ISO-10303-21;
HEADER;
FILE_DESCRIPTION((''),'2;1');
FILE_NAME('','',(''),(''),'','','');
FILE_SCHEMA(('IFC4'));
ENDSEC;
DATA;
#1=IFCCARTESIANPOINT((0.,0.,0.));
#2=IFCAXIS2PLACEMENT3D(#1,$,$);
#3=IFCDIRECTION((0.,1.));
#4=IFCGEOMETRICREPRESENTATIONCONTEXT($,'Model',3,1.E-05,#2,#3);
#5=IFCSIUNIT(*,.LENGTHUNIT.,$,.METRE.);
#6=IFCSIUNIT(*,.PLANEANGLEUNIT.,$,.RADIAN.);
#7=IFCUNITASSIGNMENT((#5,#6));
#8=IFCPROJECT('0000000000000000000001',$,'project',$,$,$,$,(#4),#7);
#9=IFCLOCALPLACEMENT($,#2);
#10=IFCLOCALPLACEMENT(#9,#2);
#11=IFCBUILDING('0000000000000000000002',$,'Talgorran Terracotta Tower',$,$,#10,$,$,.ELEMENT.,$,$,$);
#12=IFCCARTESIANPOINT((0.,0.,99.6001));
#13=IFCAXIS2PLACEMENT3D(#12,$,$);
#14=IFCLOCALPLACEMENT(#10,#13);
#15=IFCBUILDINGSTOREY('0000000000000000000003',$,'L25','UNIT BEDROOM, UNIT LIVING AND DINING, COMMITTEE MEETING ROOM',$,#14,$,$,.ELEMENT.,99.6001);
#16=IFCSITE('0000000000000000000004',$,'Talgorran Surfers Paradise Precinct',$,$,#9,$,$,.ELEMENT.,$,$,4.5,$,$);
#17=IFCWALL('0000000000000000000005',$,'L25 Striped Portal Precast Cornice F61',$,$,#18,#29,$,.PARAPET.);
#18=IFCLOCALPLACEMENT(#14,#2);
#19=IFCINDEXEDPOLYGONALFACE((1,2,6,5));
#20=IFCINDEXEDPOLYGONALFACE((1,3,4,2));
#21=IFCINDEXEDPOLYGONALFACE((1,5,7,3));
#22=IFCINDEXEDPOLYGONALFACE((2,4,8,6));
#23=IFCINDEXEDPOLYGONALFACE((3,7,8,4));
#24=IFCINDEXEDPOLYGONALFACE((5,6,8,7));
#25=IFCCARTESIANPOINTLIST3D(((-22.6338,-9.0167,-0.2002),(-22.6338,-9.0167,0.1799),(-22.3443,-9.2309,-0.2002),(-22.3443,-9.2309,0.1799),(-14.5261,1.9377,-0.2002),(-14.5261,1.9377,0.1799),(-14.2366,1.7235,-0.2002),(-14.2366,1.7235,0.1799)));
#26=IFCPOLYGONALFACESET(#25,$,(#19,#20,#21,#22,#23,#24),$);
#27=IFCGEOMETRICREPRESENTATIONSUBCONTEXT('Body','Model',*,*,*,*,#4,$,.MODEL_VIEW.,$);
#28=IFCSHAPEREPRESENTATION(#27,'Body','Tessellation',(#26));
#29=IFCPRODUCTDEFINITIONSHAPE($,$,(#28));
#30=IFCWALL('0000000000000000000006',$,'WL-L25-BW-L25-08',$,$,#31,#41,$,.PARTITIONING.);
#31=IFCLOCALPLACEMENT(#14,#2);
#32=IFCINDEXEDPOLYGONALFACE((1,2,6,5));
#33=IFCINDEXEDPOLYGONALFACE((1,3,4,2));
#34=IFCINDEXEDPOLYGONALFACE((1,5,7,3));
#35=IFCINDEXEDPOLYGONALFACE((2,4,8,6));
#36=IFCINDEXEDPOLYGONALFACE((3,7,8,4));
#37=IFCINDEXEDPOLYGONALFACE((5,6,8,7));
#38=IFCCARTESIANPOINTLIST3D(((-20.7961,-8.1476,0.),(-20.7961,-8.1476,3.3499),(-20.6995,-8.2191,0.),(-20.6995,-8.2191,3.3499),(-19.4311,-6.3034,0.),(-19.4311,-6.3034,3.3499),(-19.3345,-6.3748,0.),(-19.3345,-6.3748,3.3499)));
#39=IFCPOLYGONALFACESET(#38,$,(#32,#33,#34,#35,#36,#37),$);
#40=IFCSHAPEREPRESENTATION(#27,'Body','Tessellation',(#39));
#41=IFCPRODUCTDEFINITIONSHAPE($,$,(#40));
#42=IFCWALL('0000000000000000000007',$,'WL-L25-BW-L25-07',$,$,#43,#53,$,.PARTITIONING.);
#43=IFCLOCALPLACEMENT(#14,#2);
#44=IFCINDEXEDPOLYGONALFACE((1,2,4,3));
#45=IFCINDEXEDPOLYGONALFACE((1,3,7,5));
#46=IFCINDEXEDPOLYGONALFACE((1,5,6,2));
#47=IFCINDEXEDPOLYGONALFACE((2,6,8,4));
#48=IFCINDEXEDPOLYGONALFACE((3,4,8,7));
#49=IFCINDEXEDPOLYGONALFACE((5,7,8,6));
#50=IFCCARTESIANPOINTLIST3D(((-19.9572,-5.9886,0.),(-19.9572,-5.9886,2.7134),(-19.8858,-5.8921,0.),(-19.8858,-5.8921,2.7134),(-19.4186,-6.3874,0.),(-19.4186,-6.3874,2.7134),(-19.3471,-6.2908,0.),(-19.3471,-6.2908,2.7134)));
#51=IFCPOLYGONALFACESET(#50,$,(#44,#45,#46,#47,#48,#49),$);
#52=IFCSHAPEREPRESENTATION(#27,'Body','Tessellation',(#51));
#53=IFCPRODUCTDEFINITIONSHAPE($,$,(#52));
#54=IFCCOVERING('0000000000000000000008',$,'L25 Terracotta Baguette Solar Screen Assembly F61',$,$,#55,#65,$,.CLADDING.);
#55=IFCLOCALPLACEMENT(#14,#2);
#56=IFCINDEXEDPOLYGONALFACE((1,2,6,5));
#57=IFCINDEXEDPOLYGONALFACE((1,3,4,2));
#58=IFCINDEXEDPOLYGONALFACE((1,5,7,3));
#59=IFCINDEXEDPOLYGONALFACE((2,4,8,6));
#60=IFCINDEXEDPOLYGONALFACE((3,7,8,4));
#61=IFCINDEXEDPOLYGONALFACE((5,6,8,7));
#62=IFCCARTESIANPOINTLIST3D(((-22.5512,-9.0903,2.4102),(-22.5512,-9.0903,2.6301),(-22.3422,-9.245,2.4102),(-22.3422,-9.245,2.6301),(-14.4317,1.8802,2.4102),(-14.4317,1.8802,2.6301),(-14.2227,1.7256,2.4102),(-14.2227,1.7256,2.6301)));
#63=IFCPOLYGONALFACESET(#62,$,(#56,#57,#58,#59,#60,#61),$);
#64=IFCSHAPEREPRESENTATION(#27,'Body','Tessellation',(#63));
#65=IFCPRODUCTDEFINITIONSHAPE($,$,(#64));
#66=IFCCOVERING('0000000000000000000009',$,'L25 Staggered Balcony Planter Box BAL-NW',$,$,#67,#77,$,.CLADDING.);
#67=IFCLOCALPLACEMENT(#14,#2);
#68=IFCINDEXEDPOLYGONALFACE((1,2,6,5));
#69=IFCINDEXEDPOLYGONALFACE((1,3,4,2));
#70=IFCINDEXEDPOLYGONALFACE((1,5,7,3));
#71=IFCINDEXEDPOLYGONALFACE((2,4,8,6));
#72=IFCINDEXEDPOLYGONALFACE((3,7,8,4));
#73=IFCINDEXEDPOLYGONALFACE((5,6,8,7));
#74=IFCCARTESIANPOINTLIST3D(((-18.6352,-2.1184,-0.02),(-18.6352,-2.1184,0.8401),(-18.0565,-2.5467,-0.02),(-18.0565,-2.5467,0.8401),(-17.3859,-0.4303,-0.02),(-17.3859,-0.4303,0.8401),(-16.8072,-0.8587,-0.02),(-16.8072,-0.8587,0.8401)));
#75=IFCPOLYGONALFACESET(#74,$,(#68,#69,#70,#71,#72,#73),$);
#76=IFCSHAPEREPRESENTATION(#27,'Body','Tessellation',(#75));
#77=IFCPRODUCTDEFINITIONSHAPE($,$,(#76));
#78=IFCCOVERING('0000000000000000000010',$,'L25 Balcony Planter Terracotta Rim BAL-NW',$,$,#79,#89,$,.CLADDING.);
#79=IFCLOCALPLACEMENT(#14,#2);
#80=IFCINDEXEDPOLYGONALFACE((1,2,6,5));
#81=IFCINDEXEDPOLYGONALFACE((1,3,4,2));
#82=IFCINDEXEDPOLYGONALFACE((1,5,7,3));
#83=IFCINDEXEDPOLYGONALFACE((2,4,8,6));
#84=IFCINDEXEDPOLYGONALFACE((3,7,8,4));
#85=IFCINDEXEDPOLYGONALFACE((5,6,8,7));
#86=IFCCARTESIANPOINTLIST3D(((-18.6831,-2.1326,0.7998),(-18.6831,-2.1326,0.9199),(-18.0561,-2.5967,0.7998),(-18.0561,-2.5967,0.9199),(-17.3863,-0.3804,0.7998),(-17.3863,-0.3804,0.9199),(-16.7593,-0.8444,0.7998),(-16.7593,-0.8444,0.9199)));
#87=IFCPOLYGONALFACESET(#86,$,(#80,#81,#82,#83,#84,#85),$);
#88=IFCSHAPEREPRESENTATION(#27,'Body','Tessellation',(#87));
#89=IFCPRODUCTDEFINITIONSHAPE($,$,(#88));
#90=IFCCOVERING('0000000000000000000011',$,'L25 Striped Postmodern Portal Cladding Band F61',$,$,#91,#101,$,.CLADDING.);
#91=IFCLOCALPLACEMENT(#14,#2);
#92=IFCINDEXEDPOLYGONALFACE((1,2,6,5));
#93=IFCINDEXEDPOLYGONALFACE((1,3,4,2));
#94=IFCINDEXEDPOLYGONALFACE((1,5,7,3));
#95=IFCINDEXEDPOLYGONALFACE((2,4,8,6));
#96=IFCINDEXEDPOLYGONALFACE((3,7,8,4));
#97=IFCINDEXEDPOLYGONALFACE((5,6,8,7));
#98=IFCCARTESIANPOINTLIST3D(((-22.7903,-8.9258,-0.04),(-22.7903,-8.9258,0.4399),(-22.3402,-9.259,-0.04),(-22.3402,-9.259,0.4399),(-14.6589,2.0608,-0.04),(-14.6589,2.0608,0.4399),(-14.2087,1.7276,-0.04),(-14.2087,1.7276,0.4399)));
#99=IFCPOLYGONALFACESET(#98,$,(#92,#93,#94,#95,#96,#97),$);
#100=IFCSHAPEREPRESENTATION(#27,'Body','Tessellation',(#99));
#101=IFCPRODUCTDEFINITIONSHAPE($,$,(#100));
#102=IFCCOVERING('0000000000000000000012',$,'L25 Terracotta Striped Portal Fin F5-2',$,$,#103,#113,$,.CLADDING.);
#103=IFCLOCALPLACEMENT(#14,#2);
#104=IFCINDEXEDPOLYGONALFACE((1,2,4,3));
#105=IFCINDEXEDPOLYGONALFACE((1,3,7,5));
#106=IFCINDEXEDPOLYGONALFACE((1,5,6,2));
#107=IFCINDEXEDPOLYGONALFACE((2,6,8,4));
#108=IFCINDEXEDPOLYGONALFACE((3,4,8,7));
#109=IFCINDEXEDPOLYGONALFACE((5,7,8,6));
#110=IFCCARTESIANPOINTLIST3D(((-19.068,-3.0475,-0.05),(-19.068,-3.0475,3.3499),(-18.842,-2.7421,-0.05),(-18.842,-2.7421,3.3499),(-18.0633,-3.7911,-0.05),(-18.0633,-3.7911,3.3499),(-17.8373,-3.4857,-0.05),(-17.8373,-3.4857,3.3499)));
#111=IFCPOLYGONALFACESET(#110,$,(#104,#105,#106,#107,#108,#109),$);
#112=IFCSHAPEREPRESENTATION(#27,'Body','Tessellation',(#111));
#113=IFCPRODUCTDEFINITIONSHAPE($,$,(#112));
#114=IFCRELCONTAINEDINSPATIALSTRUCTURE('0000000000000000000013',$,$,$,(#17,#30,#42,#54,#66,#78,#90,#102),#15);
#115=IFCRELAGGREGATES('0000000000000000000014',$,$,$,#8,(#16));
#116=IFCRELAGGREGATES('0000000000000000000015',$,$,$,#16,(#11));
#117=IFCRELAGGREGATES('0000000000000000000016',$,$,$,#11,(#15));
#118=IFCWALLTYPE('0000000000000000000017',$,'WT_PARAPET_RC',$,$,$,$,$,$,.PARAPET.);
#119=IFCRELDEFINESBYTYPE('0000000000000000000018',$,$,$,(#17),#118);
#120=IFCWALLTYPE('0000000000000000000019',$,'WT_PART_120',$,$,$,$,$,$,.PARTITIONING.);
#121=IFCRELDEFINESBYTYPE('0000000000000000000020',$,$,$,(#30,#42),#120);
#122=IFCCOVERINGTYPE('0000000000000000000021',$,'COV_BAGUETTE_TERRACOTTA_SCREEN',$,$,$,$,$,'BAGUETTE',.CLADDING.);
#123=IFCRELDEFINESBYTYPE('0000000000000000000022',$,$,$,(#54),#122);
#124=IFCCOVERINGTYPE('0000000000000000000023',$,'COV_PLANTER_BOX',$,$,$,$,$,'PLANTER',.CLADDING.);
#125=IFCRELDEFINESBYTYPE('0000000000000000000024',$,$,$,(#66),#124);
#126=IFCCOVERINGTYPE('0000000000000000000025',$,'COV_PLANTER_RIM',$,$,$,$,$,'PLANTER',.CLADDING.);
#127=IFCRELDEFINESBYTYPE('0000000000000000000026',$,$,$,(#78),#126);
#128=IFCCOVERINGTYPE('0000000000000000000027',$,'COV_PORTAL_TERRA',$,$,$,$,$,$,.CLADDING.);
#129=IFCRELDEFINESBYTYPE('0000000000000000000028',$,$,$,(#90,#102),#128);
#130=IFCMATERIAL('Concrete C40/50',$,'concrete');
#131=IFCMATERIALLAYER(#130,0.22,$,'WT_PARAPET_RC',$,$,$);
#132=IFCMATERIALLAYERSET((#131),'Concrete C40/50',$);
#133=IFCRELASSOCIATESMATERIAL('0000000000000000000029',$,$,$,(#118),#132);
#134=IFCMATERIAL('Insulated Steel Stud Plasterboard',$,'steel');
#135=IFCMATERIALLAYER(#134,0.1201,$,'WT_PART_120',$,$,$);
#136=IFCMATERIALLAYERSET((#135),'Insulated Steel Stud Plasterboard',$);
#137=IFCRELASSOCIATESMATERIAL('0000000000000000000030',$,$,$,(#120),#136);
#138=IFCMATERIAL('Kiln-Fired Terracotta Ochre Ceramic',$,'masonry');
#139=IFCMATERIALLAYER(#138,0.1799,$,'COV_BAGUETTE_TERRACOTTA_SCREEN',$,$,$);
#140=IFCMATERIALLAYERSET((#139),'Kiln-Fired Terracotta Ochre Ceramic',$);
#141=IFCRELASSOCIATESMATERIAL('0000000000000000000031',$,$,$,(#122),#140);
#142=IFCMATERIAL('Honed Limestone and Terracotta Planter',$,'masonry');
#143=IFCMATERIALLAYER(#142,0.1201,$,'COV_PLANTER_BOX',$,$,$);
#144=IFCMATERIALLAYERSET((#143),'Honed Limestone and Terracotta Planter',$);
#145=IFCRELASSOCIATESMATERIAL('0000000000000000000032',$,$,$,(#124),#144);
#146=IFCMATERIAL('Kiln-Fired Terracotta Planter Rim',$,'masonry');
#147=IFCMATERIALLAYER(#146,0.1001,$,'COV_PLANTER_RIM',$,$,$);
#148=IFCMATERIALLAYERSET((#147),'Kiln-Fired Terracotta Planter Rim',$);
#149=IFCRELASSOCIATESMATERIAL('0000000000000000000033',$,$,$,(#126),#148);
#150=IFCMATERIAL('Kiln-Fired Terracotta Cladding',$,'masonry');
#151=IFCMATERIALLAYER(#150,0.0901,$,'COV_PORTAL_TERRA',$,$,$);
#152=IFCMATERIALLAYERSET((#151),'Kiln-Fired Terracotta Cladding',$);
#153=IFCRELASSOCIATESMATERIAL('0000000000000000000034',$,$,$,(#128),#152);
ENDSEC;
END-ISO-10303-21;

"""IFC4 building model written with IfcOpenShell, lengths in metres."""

from ifc_helpers import new_model, si_unit, direction, frame, frame_2d, origin, origin_2d, place, context, subcontext, project, spatial, rectangle, extrude, material, layer, layer_set, type_object, element, save


model = new_model("IFC4")

# Units and contexts
model_context = context("Model", 3, precision=1e-05, world=origin(), true_north=direction((0.0, 1.0)))
body_context = subcontext(model_context, "Body", "Model", "MODEL_VIEW")
ifc_project = project(units=[si_unit("LENGTHUNIT", "METRE"), si_unit("PLANEANGLEUNIT", "RADIAN")], contexts=[model_context])

# Site, building, storey
site_placement = place(None, origin())
site = spatial("IfcSite", under=ifc_project, at=site_placement, Name="Talgorran Surfers Paradise Precinct", CompositionType="ELEMENT", RefElevation=4.5)
building_placement = place(site_placement, origin())
building = spatial("IfcBuilding", under=site, at=building_placement, Name="Talgorran Terracotta Tower", CompositionType="ELEMENT")
storey_placement = place(building_placement, frame((0.0, 0.0, 99.6001)))
storey = spatial("IfcBuildingStorey", under=building, at=storey_placement, Name="L25", Description="UNIT BEDROOM, UNIT LIVING AND DINING, COMMITTEE MEETING ROOM", CompositionType="ELEMENT", Elevation=99.6001)

# Walls
ifc_material_1 = material(Name="Concrete C40/50", Category="concrete")
ifc_layer_1 = layer(ifc_material_1, 0.22, Name="WT_PARAPET_RC")
ifc_layer_set_1 = layer_set([ifc_layer_1], Name="Concrete C40/50")
wall_type_1 = type_object("IfcWallType", Name="WT_PARAPET_RC", PredefinedType="PARAPET", material=ifc_layer_set_1)
wall_1_placement = place(storey_placement, frame((-14.3813, 1.8306, -0.2002), z_axis=(0.0, 0.0, 1.0), x_axis=(-0.594912, -0.803791, 0.0)))
element("IfcWall", 1, at=wall_1_placement, inside=storey, type_object=wall_type_1, Name="L25 Striped Portal Precast Cornice F61", PredefinedType="PARAPET", context=body_context, shape_type="SweptSolid", body=[
    extrude(rectangle(XDim=13.6284, YDim=0.3601, at=frame_2d((6.8142, 0.0))), origin(), (0.0, 0.0, 1.0), 0.3801),
])
ifc_material_2 = material(Name="Insulated Steel Stud Plasterboard", Category="steel")
ifc_layer_2 = layer(ifc_material_2, 0.1201, Name="WT_PART_120")
ifc_layer_set_2 = layer_set([ifc_layer_2], Name="Insulated Steel Stud Plasterboard")
wall_type_2 = type_object("IfcWallType", Name="WT_PART_120", PredefinedType="PARTITIONING", material=ifc_layer_set_2)
wall_2_placement = place(storey_placement, frame((-19.3828, -6.3391, 0.0), z_axis=(0.0, 0.0, 1.0), x_axis=(-0.594915, -0.803789, 0.0)))
element("IfcWall", 2, at=wall_2_placement, inside=storey, type_object=wall_type_2, Name="WL-L25-BW-L25-08", PredefinedType="PARTITIONING", context=body_context, shape_type="SweptSolid", body=[
    extrude(rectangle(XDim=2.2944, YDim=0.1201, at=frame_2d((1.1472, 0.0))), origin(), (0.0, 0.0, 1.0), 3.3499),
])
wall_3_placement = place(storey_placement, frame((-19.9214, -5.9404, 0.0), z_axis=(0.0, 0.0, 1.0), x_axis=(0.803744, -0.594975, 0.0)))
element("IfcWall", 3, at=wall_3_placement, inside=storey, type_object=wall_type_2, Name="WL-L25-BW-L25-07", PredefinedType="PARTITIONING", context=body_context, shape_type="SweptSolid", body=[
    extrude(rectangle(XDim=0.6702, YDim=0.1201, at=frame_2d((0.335, 0.0))), origin(), (0.0, 0.0, 1.0), 2.7134),
])

# Coverings
ifc_material_3 = material(Name="Kiln-Fired Terracotta Ochre Ceramic", Category="masonry")
ifc_layer_3 = layer(ifc_material_3, 0.1799, Name="COV_BAGUETTE_TERRACOTTA_SCREEN")
ifc_layer_set_3 = layer_set([ifc_layer_3], Name="Kiln-Fired Terracotta Ochre Ceramic")
covering_type_1 = type_object("IfcCoveringType", Name="COV_BAGUETTE_TERRACOTTA_SCREEN", ElementType="BAGUETTE", PredefinedType="CLADDING", material=ifc_layer_set_3)
covering_1_placement = place(storey_placement, frame((-18.387, -3.6824, 2.4102), z_axis=(0.0, 0.0, 1.0), x_axis=(-0.594907, -0.803795, 0.0)))
element("IfcCovering", 4, at=covering_1_placement, inside=storey, type_object=covering_type_1, Name="L25 Terracotta Baguette Solar Screen Assembly F61", PredefinedType="CLADDING", context=body_context, shape_type="SweptSolid", body=[
    extrude(rectangle(XDim=13.6484, YDim=0.26, at=origin_2d()), origin(), (0.0, 0.0, 1.0), 0.22),
])
ifc_material_4 = material(Name="Honed Limestone and Terracotta Planter", Category="masonry")
ifc_layer_4 = layer(ifc_material_4, 0.1201, Name="COV_PLANTER_BOX")
ifc_layer_set_4 = layer_set([ifc_layer_4], Name="Honed Limestone and Terracotta Planter")
covering_type_2 = type_object("IfcCoveringType", Name="COV_PLANTER_BOX", ElementType="PLANTER", PredefinedType="CLADDING", material=ifc_layer_set_4)
covering_2_placement = place(storey_placement, frame((-17.7212, -1.4885, -0.02), z_axis=(0.0, 0.0, 1.0), x_axis=(-0.594907, -0.803795, 0.0)))
element("IfcCovering", 5, at=covering_2_placement, inside=storey, type_object=covering_type_2, Name="L25 Staggered Balcony Planter Box BAL-NW", PredefinedType="CLADDING", context=body_context, shape_type="SweptSolid", body=[
    extrude(rectangle(XDim=2.1001, YDim=0.72, at=origin_2d()), origin(), (0.0, 0.0, 1.0), 0.8601),
])
ifc_material_5 = material(Name="Kiln-Fired Terracotta Planter Rim", Category="masonry")
ifc_layer_5 = layer(ifc_material_5, 0.1001, Name="COV_PLANTER_RIM")
ifc_layer_set_5 = layer_set([ifc_layer_5], Name="Kiln-Fired Terracotta Planter Rim")
covering_type_3 = type_object("IfcCoveringType", Name="COV_PLANTER_RIM", ElementType="PLANTER", PredefinedType="CLADDING", material=ifc_layer_set_5)
covering_3_placement = place(storey_placement, frame((-17.7212, -1.4885, 0.7998), z_axis=(0.0, 0.0, 1.0), x_axis=(-0.594907, -0.803795, 0.0)))
element("IfcCovering", 6, at=covering_3_placement, inside=storey, type_object=covering_type_3, Name="L25 Balcony Planter Terracotta Rim BAL-NW", PredefinedType="CLADDING", context=body_context, shape_type="SweptSolid", body=[
    extrude(rectangle(XDim=2.1799, YDim=0.78, at=origin_2d()), origin(), (0.0, 0.0, 1.0), 0.1201),
])
ifc_material_6 = material(Name="Kiln-Fired Terracotta Cladding", Category="masonry")
ifc_layer_6 = layer(ifc_material_6, 0.0901, Name="COV_PORTAL_TERRA")
ifc_layer_set_6 = layer_set([ifc_layer_6], Name="Kiln-Fired Terracotta Cladding")
covering_type_4 = type_object("IfcCoveringType", Name="COV_PORTAL_TERRA", PredefinedType="CLADDING", material=ifc_layer_set_6)
covering_4_placement = place(storey_placement, frame((-18.4995, -3.5991, -0.04), z_axis=(0.0, 0.0, 1.0), x_axis=(-0.594907, -0.803795, 0.0)))
element("IfcCovering", 7, at=covering_4_placement, inside=storey, type_object=covering_type_4, Name="L25 Striped Postmodern Portal Cladding Band F61", PredefinedType="CLADDING", context=body_context, shape_type="SweptSolid", body=[
    extrude(rectangle(XDim=13.6685, YDim=0.5601, at=origin_2d()), origin(), (0.0, 0.0, 1.0), 0.48),
])
covering_5_placement = place(storey_placement, frame((-18.4526, -3.2666, -0.05), z_axis=(0.0, 0.0, 1.0), x_axis=(-0.594907, -0.803795, 0.0)))
element("IfcCovering", 8, at=covering_5_placement, inside=storey, type_object=covering_type_4, Name="L25 Terracotta Striped Portal Fin F5-2", PredefinedType="CLADDING", context=body_context, shape_type="SweptSolid", body=[
    extrude(rectangle(XDim=0.3799, YDim=1.25, at=origin_2d()), origin(), (0.0, 0.0, 1.0), 3.3999),
])

save(model, "model.ifc")
